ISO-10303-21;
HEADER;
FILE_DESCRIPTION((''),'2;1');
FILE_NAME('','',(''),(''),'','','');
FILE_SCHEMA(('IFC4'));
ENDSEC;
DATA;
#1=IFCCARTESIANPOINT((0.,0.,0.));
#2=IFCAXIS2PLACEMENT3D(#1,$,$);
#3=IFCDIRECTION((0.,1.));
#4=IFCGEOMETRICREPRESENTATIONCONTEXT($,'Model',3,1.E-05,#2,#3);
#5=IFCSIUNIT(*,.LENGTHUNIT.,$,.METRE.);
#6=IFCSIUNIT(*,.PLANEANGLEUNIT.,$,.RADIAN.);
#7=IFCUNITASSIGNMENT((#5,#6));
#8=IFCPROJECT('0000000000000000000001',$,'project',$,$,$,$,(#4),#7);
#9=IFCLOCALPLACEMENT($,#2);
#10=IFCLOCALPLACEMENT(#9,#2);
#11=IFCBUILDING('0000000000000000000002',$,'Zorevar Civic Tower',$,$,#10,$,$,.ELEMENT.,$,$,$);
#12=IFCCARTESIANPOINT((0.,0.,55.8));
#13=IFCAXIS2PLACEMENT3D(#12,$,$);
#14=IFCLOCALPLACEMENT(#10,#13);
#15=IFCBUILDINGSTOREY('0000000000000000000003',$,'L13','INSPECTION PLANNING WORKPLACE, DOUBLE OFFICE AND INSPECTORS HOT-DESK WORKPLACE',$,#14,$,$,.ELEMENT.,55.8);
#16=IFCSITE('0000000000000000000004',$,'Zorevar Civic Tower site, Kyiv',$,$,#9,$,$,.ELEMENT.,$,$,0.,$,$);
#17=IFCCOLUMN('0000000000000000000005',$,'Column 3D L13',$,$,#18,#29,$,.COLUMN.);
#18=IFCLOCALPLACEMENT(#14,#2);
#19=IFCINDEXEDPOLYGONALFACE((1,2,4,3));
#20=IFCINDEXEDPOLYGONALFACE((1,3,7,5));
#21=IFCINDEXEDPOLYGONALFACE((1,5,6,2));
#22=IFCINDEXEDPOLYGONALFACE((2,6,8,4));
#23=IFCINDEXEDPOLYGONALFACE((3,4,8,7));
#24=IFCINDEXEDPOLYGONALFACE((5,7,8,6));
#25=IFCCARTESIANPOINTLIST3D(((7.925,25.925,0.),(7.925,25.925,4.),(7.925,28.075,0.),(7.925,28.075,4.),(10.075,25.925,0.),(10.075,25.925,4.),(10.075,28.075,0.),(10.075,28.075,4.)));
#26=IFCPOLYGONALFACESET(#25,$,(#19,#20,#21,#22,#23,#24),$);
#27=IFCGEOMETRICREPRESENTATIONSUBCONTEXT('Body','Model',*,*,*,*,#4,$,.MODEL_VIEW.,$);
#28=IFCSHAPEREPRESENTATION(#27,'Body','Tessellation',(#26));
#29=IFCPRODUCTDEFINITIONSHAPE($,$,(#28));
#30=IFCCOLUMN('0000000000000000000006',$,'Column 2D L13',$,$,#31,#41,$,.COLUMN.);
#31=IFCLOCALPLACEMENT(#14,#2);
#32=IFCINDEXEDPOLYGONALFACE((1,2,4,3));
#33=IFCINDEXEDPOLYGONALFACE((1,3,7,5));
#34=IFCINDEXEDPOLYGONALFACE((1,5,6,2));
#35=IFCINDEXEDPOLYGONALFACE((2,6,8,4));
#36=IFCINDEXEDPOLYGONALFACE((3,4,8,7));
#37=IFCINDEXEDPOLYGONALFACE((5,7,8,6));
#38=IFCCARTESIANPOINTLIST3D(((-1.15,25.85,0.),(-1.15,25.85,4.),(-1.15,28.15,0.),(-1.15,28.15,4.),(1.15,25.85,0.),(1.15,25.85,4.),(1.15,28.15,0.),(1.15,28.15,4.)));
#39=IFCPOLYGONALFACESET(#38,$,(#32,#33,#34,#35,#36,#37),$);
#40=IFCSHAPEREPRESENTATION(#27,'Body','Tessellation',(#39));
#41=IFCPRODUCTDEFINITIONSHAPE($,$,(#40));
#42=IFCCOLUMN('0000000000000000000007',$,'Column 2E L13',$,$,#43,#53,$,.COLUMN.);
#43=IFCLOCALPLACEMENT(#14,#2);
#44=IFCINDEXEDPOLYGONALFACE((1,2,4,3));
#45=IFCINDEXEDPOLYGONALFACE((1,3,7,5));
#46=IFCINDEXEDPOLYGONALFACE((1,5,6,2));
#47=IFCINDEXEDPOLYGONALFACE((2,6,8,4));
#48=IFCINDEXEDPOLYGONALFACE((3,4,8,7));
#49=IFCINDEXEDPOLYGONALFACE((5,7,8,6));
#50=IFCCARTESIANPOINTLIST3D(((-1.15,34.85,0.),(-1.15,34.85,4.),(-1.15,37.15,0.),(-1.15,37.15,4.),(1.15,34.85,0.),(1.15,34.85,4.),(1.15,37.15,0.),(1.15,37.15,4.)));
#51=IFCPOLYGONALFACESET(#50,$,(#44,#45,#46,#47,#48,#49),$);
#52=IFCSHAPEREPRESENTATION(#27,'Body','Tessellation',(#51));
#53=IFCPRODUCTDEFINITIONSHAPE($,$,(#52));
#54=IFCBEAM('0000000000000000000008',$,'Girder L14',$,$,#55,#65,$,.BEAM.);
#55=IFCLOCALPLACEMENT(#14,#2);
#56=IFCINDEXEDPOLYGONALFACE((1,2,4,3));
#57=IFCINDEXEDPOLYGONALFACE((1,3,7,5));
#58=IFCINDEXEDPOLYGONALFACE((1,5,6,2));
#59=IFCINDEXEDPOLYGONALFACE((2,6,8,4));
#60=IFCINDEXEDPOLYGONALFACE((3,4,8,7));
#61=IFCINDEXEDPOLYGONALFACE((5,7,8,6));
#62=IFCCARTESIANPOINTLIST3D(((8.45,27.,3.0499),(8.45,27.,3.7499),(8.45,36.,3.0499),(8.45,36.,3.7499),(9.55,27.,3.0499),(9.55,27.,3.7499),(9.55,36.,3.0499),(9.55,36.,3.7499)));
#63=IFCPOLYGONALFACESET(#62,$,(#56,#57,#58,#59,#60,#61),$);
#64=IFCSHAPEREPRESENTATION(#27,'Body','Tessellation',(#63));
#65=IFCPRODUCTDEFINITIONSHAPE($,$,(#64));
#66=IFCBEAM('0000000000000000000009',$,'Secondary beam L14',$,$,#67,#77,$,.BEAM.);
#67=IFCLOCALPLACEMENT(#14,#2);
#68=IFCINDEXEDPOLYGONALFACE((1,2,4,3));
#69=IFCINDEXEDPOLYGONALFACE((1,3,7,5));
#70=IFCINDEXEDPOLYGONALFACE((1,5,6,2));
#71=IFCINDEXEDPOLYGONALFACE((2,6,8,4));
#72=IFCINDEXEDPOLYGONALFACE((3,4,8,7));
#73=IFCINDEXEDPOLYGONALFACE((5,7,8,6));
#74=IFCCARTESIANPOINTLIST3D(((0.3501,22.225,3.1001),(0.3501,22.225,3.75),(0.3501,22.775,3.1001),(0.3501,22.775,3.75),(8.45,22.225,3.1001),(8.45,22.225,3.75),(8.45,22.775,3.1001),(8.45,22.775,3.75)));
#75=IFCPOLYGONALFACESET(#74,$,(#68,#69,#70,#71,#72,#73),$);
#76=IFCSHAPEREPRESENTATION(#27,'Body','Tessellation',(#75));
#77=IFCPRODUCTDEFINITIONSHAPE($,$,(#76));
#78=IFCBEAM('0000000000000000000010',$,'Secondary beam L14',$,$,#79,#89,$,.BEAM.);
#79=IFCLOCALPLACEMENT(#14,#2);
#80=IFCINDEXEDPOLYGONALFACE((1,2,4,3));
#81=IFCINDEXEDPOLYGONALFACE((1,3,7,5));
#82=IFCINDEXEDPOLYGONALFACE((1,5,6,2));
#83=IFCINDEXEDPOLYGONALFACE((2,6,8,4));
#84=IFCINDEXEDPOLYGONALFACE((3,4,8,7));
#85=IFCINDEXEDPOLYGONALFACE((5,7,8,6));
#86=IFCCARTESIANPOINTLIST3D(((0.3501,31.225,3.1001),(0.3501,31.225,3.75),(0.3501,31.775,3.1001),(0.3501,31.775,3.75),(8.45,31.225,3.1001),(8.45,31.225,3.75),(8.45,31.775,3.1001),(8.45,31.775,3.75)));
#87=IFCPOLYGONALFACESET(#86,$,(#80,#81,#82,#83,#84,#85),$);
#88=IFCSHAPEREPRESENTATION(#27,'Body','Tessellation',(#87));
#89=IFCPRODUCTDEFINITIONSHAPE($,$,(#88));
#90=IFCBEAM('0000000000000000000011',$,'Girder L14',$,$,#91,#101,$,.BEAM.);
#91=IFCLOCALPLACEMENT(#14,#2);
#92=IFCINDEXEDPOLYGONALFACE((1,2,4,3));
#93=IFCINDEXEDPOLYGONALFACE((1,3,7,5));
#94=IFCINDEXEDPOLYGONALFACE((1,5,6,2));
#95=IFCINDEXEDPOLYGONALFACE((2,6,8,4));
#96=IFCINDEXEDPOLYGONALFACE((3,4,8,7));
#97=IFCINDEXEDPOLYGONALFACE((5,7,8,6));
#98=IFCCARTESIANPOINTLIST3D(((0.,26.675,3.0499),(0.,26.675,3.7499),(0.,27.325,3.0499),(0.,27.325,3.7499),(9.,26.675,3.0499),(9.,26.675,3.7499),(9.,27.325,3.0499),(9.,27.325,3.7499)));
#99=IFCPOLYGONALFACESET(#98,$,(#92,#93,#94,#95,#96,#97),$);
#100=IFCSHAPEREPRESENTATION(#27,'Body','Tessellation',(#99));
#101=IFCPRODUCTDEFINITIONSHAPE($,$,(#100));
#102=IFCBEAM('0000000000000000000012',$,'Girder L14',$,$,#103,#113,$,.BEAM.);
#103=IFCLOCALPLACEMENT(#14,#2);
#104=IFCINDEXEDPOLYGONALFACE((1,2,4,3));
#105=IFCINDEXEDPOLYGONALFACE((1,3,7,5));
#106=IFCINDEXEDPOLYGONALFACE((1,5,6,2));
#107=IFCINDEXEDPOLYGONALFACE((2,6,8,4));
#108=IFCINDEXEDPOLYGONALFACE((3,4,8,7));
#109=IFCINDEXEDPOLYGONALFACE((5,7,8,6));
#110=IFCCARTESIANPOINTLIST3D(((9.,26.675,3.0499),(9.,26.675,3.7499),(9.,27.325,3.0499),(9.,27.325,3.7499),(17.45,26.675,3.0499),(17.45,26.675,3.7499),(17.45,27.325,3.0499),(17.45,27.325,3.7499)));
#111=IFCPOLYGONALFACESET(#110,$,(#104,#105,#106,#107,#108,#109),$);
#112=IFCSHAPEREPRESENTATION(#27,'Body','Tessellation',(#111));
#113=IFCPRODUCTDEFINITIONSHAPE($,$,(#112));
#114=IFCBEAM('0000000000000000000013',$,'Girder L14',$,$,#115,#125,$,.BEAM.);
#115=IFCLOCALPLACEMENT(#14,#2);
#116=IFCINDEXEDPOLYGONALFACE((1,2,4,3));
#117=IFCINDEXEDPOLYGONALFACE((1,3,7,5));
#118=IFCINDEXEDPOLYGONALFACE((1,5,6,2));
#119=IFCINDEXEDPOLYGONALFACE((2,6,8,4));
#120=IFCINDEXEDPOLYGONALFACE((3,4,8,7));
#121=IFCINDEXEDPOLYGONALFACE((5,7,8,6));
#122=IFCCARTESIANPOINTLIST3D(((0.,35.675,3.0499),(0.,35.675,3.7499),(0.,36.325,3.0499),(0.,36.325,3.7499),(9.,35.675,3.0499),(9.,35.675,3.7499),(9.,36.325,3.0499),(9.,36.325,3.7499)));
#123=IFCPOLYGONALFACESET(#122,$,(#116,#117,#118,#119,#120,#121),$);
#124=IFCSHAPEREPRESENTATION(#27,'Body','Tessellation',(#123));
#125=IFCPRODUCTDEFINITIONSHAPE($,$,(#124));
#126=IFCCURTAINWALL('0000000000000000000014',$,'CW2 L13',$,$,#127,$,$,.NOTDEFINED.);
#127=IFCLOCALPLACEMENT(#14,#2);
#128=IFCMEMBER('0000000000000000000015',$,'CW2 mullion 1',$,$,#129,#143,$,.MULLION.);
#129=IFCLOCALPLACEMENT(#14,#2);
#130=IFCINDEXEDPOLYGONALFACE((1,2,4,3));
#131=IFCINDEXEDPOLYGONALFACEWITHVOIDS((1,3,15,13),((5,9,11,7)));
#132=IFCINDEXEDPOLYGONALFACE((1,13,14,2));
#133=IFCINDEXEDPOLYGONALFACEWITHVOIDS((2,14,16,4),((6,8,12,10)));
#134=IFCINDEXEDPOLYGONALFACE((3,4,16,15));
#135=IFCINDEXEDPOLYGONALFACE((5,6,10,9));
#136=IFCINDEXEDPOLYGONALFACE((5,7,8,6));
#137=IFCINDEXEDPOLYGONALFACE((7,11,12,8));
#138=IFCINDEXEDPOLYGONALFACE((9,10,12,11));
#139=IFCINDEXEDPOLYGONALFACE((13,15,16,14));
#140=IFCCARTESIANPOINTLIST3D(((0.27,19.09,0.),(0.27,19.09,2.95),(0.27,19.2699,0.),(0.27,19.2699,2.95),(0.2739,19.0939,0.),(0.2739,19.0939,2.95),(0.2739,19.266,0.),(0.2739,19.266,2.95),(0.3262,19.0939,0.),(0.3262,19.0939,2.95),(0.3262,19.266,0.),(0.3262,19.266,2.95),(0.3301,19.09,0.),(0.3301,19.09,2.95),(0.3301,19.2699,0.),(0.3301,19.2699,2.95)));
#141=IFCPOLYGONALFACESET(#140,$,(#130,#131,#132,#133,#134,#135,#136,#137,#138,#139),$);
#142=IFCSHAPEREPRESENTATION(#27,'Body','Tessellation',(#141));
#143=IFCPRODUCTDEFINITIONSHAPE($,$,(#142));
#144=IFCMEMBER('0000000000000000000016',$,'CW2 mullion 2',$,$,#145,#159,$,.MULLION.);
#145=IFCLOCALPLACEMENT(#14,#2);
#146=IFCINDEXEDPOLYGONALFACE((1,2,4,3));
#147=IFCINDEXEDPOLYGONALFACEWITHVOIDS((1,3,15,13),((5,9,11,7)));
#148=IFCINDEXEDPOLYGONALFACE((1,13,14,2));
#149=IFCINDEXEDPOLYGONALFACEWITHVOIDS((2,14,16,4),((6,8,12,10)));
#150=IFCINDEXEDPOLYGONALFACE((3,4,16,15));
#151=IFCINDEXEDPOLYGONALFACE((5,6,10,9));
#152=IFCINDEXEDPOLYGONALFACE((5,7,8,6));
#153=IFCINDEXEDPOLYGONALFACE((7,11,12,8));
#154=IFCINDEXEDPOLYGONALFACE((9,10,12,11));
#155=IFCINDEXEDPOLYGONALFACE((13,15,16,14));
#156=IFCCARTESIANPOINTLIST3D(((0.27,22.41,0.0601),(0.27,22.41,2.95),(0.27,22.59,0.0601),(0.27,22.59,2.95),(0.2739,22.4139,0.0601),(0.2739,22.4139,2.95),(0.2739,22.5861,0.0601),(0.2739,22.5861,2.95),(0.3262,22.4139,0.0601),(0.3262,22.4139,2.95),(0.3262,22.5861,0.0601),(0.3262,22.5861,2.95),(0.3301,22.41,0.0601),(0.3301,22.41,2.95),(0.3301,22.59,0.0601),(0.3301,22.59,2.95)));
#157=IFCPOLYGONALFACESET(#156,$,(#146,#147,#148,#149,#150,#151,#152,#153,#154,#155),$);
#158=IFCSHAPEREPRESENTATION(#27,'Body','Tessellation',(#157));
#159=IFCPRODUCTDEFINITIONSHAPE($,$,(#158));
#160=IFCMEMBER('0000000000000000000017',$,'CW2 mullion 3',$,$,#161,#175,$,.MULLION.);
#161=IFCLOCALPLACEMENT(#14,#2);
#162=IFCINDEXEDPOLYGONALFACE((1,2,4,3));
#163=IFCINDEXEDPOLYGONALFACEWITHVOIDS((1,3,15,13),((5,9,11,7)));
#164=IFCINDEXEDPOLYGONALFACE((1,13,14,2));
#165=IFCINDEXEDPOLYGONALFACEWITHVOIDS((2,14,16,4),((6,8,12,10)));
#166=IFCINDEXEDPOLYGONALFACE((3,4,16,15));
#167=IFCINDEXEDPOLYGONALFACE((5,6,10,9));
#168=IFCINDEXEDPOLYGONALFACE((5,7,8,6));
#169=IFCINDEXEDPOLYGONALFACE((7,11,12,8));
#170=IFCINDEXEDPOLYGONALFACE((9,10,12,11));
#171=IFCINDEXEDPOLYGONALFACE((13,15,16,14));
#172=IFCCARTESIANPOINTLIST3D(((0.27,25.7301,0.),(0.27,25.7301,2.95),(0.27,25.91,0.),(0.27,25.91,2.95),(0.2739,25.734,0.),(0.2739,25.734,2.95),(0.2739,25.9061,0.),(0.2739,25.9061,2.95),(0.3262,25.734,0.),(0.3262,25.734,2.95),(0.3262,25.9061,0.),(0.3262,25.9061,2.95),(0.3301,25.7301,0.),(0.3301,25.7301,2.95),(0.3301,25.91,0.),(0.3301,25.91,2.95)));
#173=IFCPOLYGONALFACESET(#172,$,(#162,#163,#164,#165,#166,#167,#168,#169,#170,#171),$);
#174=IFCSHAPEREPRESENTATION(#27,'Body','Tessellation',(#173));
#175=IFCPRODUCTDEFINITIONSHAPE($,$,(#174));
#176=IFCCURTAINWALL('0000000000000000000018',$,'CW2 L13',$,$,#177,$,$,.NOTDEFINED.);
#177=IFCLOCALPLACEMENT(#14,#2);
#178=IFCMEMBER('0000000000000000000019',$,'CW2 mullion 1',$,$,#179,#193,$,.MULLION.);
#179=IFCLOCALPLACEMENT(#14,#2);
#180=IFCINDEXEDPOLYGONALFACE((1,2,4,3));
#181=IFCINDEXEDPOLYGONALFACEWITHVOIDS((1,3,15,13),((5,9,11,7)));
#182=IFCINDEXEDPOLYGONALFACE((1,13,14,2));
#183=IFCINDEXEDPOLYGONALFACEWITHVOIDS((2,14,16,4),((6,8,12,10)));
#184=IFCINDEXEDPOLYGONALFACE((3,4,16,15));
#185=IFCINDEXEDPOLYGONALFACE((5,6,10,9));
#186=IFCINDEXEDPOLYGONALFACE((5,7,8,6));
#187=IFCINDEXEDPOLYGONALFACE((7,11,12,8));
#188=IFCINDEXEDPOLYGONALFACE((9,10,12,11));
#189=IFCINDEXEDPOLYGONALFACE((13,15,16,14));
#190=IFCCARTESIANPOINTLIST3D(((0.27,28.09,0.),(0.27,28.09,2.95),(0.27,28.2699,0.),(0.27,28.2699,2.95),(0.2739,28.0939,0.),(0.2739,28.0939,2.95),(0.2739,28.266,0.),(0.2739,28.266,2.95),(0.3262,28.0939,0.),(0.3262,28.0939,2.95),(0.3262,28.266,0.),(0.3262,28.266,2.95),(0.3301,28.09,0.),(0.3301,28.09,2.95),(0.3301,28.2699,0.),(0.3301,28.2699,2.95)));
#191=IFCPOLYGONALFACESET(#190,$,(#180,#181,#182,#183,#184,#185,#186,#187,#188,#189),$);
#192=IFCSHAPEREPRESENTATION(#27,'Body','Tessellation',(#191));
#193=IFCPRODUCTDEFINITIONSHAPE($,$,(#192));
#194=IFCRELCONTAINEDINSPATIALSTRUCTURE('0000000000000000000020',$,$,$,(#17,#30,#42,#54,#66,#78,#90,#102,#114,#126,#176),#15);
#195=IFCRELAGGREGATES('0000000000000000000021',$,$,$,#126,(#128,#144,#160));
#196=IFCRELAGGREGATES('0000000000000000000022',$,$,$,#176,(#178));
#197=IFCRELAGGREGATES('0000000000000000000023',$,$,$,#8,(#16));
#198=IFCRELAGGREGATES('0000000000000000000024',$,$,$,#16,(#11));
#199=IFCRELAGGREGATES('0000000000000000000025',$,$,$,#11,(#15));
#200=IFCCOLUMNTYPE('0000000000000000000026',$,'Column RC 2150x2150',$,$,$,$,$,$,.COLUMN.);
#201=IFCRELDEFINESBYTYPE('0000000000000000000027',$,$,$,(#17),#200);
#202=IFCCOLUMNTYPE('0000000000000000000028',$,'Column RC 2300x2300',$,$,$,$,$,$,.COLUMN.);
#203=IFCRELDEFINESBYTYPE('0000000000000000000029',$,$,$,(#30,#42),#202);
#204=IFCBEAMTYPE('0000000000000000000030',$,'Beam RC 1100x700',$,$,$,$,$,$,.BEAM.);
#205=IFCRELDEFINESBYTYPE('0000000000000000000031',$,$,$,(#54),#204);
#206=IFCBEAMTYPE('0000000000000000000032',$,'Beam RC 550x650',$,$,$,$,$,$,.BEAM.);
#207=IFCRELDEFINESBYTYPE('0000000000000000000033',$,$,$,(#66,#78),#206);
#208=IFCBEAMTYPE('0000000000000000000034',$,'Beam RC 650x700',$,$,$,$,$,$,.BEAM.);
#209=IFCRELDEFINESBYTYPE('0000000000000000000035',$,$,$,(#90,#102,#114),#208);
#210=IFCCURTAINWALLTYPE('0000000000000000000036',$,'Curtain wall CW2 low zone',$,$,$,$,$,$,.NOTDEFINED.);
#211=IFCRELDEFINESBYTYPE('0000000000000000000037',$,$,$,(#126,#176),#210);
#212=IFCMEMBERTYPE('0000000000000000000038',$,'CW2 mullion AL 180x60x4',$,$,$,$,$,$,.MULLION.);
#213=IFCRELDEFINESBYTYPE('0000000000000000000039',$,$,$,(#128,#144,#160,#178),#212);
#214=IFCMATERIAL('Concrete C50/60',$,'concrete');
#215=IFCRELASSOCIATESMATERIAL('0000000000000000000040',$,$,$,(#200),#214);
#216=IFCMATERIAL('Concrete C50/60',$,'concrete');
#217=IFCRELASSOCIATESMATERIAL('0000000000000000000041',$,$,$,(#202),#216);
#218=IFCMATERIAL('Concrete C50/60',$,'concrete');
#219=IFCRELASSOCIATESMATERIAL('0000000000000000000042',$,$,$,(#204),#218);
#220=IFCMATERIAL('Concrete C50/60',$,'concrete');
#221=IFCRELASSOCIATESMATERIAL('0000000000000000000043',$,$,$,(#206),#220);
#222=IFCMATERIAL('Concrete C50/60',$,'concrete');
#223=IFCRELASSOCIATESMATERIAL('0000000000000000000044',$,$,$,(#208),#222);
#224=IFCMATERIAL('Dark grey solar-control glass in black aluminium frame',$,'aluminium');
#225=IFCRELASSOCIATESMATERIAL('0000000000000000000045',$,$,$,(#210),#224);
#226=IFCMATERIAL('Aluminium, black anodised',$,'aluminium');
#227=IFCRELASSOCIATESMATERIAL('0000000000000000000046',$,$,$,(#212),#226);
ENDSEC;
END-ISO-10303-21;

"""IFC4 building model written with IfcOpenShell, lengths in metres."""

from ifc_helpers import new_model, si_unit, direction, frame, origin, origin_2d, place, context, subcontext, project, spatial, rectangle, hollow_rectangle, extrude, material, material_profile, profile_set, type_object, element, aggregate, save


model = new_model("IFC4")

# Units and contexts
model_context = context("Model", 3, precision=1e-05, world=origin(), true_north=direction((0.0, 1.0)))
body_context = subcontext(model_context, "Body", "Model", "MODEL_VIEW")
ifc_project = project(units=[si_unit("LENGTHUNIT", "METRE"), si_unit("PLANEANGLEUNIT", "RADIAN")], contexts=[model_context])

# Site, building, storey
site_placement = place(None, origin())
site = spatial("IfcSite", under=ifc_project, at=site_placement, Name="Zorevar Civic Tower site, Kyiv", CompositionType="ELEMENT", RefElevation=0.0)
building_placement = place(site_placement, origin())
building = spatial("IfcBuilding", under=site, at=building_placement, Name="Zorevar Civic Tower", CompositionType="ELEMENT")
storey_placement = place(building_placement, frame((0.0, 0.0, 55.8)))
storey = spatial("IfcBuildingStorey", under=building, at=storey_placement, Name="L13", Description="INSPECTION PLANNING WORKPLACE, DOUBLE OFFICE AND INSPECTORS HOT-DESK WORKPLACE", CompositionType="ELEMENT", Elevation=55.8)

# Columns
ifc_material_1 = material(Name="Concrete C50/60", Category="concrete")
ifc_material_profile_1 = material_profile(ifc_material_1, rectangle(XDim=2.1499, YDim=2.1499, at=origin_2d()), Name="RC 2150x2150")
ifc_profile_set_1 = profile_set([ifc_material_profile_1], Name="Concrete C50/60")
column_type_1 = type_object("IfcColumnType", Name="Column RC 2150x2150", PredefinedType="COLUMN", material=ifc_profile_set_1)
column_placement = place(storey_placement, frame((9.0, 27.0, 0.0), z_axis=(0.0, 0.0, 1.0), x_axis=(1.0, 0.0, 0.0)))
element("IfcColumn", 1, at=column_placement, inside=storey, type_object=column_type_1, Name="Column 3D L13", PredefinedType="COLUMN", context=body_context, shape_type="SweptSolid", body=[
    extrude(rectangle(XDim=2.1499, YDim=2.1499, at=origin_2d()), origin(), (0.0, 0.0, 1.0), 4.0),
])
ifc_material_2 = material(Name="Concrete C50/60", Category="concrete")
ifc_material_profile_2 = material_profile(ifc_material_2, rectangle(XDim=2.3, YDim=2.3, at=origin_2d()), Name="RC 2300x2300")
ifc_profile_set_2 = profile_set([ifc_material_profile_2], Name="Concrete C50/60")
column_type_2 = type_object("IfcColumnType", Name="Column RC 2300x2300", PredefinedType="COLUMN", material=ifc_profile_set_2)
for number, where, z_axis, x_axis, name in (
    (2, (0.0, 27.0, 0.0), (0.0, 0.0, 1.0), (1.0, 0.0, 0.0), "Column 2D L13"),
    (3, (0.0, 36.0, 0.0), (0.0, 0.0, 1.0), (1.0, 0.0, 0.0), "Column 2E L13"),
):
    element("IfcColumn", number, at=place(storey_placement, frame(where, z_axis=z_axis, x_axis=x_axis)), inside=storey, type_object=column_type_2, Name=name, PredefinedType="COLUMN", context=body_context, shape_type="SweptSolid", body=[
        extrude(rectangle(XDim=2.3, YDim=2.3, at=origin_2d()), origin(), (0.0, 0.0, 1.0), 4.0),
    ])

# Beams
ifc_material_3 = material(Name="Concrete C50/60", Category="concrete")
ifc_material_profile_3 = material_profile(ifc_material_3, rectangle(XDim=1.1001, YDim=0.7, at=origin_2d()), Name="RC 1100x700")
ifc_profile_set_3 = profile_set([ifc_material_profile_3], Name="Concrete C50/60")
beam_type_1 = type_object("IfcBeamType", Name="Beam RC 1100x700", PredefinedType="BEAM", material=ifc_profile_set_3)
beam_1_placement = place(storey_placement, frame((9.0, 27.0, 3.3999), z_axis=(0.0, 1.0, 0.0), x_axis=(-1.0, 0.0, 0.0)))
element("IfcBeam", 4, at=beam_1_placement, inside=storey, type_object=beam_type_1, Name="Girder L14", PredefinedType="BEAM", context=body_context, shape_type="SweptSolid", body=[
    extrude(rectangle(XDim=1.1001, YDim=0.7, at=origin_2d()), origin(), (0.0, 0.0, 1.0), 9.0),
])
ifc_material_4 = material(Name="Concrete C50/60", Category="concrete")
ifc_material_profile_4 = material_profile(ifc_material_4, rectangle(XDim=0.55, YDim=0.6499, at=origin_2d()), Name="RC 550x650")
ifc_profile_set_4 = profile_set([ifc_material_profile_4], Name="Concrete C50/60")
beam_type_2 = type_object("IfcBeamType", Name="Beam RC 550x650", PredefinedType="BEAM", material=ifc_profile_set_4)
for number, where, z_axis, x_axis, name in (
    (5, (0.3501, 22.5, 3.425), (1.0, 0.0, 0.0), (0.0, 1.0, 0.0), "Secondary beam L14"),
    (6, (0.3501, 31.5, 3.425), (1.0, 0.0, 0.0), (0.0, 1.0, 0.0), "Secondary beam L14"),
):
    element("IfcBeam", number, at=place(storey_placement, frame(where, z_axis=z_axis, x_axis=x_axis)), inside=storey, type_object=beam_type_2, Name=name, PredefinedType="BEAM", context=body_context, shape_type="SweptSolid", body=[
        extrude(rectangle(XDim=0.55, YDim=0.6499, at=origin_2d()), origin(), (0.0, 0.0, 1.0), 8.0999),
    ])
ifc_material_5 = material(Name="Concrete C50/60", Category="concrete")
ifc_material_profile_5 = material_profile(ifc_material_5, rectangle(XDim=0.6499, YDim=0.7, at=origin_2d()), Name="RC 650x700")
ifc_profile_set_5 = profile_set([ifc_material_profile_5], Name="Concrete C50/60")
beam_type_3 = type_object("IfcBeamType", Name="Beam RC 650x700", PredefinedType="BEAM", material=ifc_profile_set_5)
beam_2_placement = place(storey_placement, frame((0.0, 27.0, 3.3999), z_axis=(1.0, 0.0, 0.0), x_axis=(0.0, 1.0, 0.0)))
element("IfcBeam", 7, at=beam_2_placement, inside=storey, type_object=beam_type_3, Name="Girder L14", PredefinedType="BEAM", context=body_context, shape_type="SweptSolid", body=[
    extrude(rectangle(XDim=0.6499, YDim=0.7, at=origin_2d()), origin(), (0.0, 0.0, 1.0), 9.0),
])
beam_3_placement = place(storey_placement, frame((9.0, 27.0, 3.3999), z_axis=(1.0, 0.0, 0.0), x_axis=(0.0, 1.0, 0.0)))
element("IfcBeam", 8, at=beam_3_placement, inside=storey, type_object=beam_type_3, Name="Girder L14", PredefinedType="BEAM", context=body_context, shape_type="SweptSolid", body=[
    extrude(rectangle(XDim=0.6499, YDim=0.7, at=origin_2d()), origin(), (0.0, 0.0, 1.0), 8.45),
])
beam_4_placement = place(storey_placement, frame((0.0, 36.0, 3.3999), z_axis=(1.0, 0.0, 0.0), x_axis=(0.0, 1.0, 0.0)))
element("IfcBeam", 9, at=beam_4_placement, inside=storey, type_object=beam_type_3, Name="Girder L14", PredefinedType="BEAM", context=body_context, shape_type="SweptSolid", body=[
    extrude(rectangle(XDim=0.6499, YDim=0.7, at=origin_2d()), origin(), (0.0, 0.0, 1.0), 9.0),
])

# Curtain walls, members
ifc_material_6 = material(Name="Dark grey solar-control glass in black aluminium frame", Category="aluminium")
curtain_wall_type = type_object("IfcCurtainWallType", Name="Curtain wall CW2 low zone", PredefinedType="NOTDEFINED", material=ifc_material_6)
curtain_wall_1_placement = place(storey_placement, origin())
curtain_wall_1 = element("IfcCurtainWall", 10, at=curtain_wall_1_placement, inside=storey, type_object=curtain_wall_type, Name="CW2 L13", PredefinedType="NOTDEFINED")
ifc_material_7 = material(Name="Aluminium, black anodised", Category="aluminium")
ifc_material_profile_6 = material_profile(ifc_material_7, hollow_rectangle(XDim=0.0601, YDim=0.1799, WallThickness=0.0039, at=origin_2d()), Name="AL 180x60x4")
ifc_profile_set_6 = profile_set([ifc_material_profile_6], Name="Aluminium, black anodised")
member_type_1 = type_object("IfcMemberType", Name="CW2 mullion AL 180x60x4", PredefinedType="MULLION", material=ifc_profile_set_6)
member_1_placement = place(storey_placement, frame((0.3, 19.1799, 0.0), z_axis=(0.0, 0.0, 1.0), x_axis=(-1.0, 0.0, 0.0)))
member_1 = element("IfcMember", 11, at=member_1_placement, type_object=member_type_1, Name="CW2 mullion 1", PredefinedType="MULLION", context=body_context, shape_type="SweptSolid", body=[
    extrude(hollow_rectangle(XDim=0.0601, YDim=0.1799, WallThickness=0.0039, at=origin_2d()), origin(), (0.0, 0.0, 1.0), 2.95),
])
member_2_placement = place(storey_placement, frame((0.3, 22.5, 0.0601), z_axis=(0.0, 0.0, 1.0), x_axis=(-1.0, 0.0, 0.0)))
member_2 = element("IfcMember", 12, at=member_2_placement, type_object=member_type_1, Name="CW2 mullion 2", PredefinedType="MULLION", context=body_context, shape_type="SweptSolid", body=[
    extrude(hollow_rectangle(XDim=0.0601, YDim=0.1799, WallThickness=0.0039, at=origin_2d()), origin(), (0.0, 0.0, 1.0), 2.8899),
])
member_3_placement = place(storey_placement, frame((0.3, 25.8201, 0.0), z_axis=(0.0, 0.0, 1.0), x_axis=(-1.0, 0.0, 0.0)))
member_3 = element("IfcMember", 13, at=member_3_placement, type_object=member_type_1, Name="CW2 mullion 3", PredefinedType="MULLION", context=body_context, shape_type="SweptSolid", body=[
    extrude(hollow_rectangle(XDim=0.0601, YDim=0.1799, WallThickness=0.0039, at=origin_2d()), origin(), (0.0, 0.0, 1.0), 2.95),
])
curtain_wall_2_placement = place(storey_placement, origin())
curtain_wall_2 = element("IfcCurtainWall", 14, at=curtain_wall_2_placement, inside=storey, type_object=curtain_wall_type, Name="CW2 L13", PredefinedType="NOTDEFINED")
member_4_placement = place(storey_placement, frame((0.3, 28.1799, 0.0), z_axis=(0.0, 0.0, 1.0), x_axis=(-1.0, 0.0, 0.0)))
member_4 = element("IfcMember", 15, at=member_4_placement, type_object=member_type_1, Name="CW2 mullion 1", PredefinedType="MULLION", context=body_context, shape_type="SweptSolid", body=[
    extrude(hollow_rectangle(XDim=0.0601, YDim=0.1799, WallThickness=0.0039, at=origin_2d()), origin(), (0.0, 0.0, 1.0), 2.95),
])

aggregate(curtain_wall_1, [member_1, member_2, member_3])
aggregate(curtain_wall_2, [member_4])

save(model, "model.ifc")
